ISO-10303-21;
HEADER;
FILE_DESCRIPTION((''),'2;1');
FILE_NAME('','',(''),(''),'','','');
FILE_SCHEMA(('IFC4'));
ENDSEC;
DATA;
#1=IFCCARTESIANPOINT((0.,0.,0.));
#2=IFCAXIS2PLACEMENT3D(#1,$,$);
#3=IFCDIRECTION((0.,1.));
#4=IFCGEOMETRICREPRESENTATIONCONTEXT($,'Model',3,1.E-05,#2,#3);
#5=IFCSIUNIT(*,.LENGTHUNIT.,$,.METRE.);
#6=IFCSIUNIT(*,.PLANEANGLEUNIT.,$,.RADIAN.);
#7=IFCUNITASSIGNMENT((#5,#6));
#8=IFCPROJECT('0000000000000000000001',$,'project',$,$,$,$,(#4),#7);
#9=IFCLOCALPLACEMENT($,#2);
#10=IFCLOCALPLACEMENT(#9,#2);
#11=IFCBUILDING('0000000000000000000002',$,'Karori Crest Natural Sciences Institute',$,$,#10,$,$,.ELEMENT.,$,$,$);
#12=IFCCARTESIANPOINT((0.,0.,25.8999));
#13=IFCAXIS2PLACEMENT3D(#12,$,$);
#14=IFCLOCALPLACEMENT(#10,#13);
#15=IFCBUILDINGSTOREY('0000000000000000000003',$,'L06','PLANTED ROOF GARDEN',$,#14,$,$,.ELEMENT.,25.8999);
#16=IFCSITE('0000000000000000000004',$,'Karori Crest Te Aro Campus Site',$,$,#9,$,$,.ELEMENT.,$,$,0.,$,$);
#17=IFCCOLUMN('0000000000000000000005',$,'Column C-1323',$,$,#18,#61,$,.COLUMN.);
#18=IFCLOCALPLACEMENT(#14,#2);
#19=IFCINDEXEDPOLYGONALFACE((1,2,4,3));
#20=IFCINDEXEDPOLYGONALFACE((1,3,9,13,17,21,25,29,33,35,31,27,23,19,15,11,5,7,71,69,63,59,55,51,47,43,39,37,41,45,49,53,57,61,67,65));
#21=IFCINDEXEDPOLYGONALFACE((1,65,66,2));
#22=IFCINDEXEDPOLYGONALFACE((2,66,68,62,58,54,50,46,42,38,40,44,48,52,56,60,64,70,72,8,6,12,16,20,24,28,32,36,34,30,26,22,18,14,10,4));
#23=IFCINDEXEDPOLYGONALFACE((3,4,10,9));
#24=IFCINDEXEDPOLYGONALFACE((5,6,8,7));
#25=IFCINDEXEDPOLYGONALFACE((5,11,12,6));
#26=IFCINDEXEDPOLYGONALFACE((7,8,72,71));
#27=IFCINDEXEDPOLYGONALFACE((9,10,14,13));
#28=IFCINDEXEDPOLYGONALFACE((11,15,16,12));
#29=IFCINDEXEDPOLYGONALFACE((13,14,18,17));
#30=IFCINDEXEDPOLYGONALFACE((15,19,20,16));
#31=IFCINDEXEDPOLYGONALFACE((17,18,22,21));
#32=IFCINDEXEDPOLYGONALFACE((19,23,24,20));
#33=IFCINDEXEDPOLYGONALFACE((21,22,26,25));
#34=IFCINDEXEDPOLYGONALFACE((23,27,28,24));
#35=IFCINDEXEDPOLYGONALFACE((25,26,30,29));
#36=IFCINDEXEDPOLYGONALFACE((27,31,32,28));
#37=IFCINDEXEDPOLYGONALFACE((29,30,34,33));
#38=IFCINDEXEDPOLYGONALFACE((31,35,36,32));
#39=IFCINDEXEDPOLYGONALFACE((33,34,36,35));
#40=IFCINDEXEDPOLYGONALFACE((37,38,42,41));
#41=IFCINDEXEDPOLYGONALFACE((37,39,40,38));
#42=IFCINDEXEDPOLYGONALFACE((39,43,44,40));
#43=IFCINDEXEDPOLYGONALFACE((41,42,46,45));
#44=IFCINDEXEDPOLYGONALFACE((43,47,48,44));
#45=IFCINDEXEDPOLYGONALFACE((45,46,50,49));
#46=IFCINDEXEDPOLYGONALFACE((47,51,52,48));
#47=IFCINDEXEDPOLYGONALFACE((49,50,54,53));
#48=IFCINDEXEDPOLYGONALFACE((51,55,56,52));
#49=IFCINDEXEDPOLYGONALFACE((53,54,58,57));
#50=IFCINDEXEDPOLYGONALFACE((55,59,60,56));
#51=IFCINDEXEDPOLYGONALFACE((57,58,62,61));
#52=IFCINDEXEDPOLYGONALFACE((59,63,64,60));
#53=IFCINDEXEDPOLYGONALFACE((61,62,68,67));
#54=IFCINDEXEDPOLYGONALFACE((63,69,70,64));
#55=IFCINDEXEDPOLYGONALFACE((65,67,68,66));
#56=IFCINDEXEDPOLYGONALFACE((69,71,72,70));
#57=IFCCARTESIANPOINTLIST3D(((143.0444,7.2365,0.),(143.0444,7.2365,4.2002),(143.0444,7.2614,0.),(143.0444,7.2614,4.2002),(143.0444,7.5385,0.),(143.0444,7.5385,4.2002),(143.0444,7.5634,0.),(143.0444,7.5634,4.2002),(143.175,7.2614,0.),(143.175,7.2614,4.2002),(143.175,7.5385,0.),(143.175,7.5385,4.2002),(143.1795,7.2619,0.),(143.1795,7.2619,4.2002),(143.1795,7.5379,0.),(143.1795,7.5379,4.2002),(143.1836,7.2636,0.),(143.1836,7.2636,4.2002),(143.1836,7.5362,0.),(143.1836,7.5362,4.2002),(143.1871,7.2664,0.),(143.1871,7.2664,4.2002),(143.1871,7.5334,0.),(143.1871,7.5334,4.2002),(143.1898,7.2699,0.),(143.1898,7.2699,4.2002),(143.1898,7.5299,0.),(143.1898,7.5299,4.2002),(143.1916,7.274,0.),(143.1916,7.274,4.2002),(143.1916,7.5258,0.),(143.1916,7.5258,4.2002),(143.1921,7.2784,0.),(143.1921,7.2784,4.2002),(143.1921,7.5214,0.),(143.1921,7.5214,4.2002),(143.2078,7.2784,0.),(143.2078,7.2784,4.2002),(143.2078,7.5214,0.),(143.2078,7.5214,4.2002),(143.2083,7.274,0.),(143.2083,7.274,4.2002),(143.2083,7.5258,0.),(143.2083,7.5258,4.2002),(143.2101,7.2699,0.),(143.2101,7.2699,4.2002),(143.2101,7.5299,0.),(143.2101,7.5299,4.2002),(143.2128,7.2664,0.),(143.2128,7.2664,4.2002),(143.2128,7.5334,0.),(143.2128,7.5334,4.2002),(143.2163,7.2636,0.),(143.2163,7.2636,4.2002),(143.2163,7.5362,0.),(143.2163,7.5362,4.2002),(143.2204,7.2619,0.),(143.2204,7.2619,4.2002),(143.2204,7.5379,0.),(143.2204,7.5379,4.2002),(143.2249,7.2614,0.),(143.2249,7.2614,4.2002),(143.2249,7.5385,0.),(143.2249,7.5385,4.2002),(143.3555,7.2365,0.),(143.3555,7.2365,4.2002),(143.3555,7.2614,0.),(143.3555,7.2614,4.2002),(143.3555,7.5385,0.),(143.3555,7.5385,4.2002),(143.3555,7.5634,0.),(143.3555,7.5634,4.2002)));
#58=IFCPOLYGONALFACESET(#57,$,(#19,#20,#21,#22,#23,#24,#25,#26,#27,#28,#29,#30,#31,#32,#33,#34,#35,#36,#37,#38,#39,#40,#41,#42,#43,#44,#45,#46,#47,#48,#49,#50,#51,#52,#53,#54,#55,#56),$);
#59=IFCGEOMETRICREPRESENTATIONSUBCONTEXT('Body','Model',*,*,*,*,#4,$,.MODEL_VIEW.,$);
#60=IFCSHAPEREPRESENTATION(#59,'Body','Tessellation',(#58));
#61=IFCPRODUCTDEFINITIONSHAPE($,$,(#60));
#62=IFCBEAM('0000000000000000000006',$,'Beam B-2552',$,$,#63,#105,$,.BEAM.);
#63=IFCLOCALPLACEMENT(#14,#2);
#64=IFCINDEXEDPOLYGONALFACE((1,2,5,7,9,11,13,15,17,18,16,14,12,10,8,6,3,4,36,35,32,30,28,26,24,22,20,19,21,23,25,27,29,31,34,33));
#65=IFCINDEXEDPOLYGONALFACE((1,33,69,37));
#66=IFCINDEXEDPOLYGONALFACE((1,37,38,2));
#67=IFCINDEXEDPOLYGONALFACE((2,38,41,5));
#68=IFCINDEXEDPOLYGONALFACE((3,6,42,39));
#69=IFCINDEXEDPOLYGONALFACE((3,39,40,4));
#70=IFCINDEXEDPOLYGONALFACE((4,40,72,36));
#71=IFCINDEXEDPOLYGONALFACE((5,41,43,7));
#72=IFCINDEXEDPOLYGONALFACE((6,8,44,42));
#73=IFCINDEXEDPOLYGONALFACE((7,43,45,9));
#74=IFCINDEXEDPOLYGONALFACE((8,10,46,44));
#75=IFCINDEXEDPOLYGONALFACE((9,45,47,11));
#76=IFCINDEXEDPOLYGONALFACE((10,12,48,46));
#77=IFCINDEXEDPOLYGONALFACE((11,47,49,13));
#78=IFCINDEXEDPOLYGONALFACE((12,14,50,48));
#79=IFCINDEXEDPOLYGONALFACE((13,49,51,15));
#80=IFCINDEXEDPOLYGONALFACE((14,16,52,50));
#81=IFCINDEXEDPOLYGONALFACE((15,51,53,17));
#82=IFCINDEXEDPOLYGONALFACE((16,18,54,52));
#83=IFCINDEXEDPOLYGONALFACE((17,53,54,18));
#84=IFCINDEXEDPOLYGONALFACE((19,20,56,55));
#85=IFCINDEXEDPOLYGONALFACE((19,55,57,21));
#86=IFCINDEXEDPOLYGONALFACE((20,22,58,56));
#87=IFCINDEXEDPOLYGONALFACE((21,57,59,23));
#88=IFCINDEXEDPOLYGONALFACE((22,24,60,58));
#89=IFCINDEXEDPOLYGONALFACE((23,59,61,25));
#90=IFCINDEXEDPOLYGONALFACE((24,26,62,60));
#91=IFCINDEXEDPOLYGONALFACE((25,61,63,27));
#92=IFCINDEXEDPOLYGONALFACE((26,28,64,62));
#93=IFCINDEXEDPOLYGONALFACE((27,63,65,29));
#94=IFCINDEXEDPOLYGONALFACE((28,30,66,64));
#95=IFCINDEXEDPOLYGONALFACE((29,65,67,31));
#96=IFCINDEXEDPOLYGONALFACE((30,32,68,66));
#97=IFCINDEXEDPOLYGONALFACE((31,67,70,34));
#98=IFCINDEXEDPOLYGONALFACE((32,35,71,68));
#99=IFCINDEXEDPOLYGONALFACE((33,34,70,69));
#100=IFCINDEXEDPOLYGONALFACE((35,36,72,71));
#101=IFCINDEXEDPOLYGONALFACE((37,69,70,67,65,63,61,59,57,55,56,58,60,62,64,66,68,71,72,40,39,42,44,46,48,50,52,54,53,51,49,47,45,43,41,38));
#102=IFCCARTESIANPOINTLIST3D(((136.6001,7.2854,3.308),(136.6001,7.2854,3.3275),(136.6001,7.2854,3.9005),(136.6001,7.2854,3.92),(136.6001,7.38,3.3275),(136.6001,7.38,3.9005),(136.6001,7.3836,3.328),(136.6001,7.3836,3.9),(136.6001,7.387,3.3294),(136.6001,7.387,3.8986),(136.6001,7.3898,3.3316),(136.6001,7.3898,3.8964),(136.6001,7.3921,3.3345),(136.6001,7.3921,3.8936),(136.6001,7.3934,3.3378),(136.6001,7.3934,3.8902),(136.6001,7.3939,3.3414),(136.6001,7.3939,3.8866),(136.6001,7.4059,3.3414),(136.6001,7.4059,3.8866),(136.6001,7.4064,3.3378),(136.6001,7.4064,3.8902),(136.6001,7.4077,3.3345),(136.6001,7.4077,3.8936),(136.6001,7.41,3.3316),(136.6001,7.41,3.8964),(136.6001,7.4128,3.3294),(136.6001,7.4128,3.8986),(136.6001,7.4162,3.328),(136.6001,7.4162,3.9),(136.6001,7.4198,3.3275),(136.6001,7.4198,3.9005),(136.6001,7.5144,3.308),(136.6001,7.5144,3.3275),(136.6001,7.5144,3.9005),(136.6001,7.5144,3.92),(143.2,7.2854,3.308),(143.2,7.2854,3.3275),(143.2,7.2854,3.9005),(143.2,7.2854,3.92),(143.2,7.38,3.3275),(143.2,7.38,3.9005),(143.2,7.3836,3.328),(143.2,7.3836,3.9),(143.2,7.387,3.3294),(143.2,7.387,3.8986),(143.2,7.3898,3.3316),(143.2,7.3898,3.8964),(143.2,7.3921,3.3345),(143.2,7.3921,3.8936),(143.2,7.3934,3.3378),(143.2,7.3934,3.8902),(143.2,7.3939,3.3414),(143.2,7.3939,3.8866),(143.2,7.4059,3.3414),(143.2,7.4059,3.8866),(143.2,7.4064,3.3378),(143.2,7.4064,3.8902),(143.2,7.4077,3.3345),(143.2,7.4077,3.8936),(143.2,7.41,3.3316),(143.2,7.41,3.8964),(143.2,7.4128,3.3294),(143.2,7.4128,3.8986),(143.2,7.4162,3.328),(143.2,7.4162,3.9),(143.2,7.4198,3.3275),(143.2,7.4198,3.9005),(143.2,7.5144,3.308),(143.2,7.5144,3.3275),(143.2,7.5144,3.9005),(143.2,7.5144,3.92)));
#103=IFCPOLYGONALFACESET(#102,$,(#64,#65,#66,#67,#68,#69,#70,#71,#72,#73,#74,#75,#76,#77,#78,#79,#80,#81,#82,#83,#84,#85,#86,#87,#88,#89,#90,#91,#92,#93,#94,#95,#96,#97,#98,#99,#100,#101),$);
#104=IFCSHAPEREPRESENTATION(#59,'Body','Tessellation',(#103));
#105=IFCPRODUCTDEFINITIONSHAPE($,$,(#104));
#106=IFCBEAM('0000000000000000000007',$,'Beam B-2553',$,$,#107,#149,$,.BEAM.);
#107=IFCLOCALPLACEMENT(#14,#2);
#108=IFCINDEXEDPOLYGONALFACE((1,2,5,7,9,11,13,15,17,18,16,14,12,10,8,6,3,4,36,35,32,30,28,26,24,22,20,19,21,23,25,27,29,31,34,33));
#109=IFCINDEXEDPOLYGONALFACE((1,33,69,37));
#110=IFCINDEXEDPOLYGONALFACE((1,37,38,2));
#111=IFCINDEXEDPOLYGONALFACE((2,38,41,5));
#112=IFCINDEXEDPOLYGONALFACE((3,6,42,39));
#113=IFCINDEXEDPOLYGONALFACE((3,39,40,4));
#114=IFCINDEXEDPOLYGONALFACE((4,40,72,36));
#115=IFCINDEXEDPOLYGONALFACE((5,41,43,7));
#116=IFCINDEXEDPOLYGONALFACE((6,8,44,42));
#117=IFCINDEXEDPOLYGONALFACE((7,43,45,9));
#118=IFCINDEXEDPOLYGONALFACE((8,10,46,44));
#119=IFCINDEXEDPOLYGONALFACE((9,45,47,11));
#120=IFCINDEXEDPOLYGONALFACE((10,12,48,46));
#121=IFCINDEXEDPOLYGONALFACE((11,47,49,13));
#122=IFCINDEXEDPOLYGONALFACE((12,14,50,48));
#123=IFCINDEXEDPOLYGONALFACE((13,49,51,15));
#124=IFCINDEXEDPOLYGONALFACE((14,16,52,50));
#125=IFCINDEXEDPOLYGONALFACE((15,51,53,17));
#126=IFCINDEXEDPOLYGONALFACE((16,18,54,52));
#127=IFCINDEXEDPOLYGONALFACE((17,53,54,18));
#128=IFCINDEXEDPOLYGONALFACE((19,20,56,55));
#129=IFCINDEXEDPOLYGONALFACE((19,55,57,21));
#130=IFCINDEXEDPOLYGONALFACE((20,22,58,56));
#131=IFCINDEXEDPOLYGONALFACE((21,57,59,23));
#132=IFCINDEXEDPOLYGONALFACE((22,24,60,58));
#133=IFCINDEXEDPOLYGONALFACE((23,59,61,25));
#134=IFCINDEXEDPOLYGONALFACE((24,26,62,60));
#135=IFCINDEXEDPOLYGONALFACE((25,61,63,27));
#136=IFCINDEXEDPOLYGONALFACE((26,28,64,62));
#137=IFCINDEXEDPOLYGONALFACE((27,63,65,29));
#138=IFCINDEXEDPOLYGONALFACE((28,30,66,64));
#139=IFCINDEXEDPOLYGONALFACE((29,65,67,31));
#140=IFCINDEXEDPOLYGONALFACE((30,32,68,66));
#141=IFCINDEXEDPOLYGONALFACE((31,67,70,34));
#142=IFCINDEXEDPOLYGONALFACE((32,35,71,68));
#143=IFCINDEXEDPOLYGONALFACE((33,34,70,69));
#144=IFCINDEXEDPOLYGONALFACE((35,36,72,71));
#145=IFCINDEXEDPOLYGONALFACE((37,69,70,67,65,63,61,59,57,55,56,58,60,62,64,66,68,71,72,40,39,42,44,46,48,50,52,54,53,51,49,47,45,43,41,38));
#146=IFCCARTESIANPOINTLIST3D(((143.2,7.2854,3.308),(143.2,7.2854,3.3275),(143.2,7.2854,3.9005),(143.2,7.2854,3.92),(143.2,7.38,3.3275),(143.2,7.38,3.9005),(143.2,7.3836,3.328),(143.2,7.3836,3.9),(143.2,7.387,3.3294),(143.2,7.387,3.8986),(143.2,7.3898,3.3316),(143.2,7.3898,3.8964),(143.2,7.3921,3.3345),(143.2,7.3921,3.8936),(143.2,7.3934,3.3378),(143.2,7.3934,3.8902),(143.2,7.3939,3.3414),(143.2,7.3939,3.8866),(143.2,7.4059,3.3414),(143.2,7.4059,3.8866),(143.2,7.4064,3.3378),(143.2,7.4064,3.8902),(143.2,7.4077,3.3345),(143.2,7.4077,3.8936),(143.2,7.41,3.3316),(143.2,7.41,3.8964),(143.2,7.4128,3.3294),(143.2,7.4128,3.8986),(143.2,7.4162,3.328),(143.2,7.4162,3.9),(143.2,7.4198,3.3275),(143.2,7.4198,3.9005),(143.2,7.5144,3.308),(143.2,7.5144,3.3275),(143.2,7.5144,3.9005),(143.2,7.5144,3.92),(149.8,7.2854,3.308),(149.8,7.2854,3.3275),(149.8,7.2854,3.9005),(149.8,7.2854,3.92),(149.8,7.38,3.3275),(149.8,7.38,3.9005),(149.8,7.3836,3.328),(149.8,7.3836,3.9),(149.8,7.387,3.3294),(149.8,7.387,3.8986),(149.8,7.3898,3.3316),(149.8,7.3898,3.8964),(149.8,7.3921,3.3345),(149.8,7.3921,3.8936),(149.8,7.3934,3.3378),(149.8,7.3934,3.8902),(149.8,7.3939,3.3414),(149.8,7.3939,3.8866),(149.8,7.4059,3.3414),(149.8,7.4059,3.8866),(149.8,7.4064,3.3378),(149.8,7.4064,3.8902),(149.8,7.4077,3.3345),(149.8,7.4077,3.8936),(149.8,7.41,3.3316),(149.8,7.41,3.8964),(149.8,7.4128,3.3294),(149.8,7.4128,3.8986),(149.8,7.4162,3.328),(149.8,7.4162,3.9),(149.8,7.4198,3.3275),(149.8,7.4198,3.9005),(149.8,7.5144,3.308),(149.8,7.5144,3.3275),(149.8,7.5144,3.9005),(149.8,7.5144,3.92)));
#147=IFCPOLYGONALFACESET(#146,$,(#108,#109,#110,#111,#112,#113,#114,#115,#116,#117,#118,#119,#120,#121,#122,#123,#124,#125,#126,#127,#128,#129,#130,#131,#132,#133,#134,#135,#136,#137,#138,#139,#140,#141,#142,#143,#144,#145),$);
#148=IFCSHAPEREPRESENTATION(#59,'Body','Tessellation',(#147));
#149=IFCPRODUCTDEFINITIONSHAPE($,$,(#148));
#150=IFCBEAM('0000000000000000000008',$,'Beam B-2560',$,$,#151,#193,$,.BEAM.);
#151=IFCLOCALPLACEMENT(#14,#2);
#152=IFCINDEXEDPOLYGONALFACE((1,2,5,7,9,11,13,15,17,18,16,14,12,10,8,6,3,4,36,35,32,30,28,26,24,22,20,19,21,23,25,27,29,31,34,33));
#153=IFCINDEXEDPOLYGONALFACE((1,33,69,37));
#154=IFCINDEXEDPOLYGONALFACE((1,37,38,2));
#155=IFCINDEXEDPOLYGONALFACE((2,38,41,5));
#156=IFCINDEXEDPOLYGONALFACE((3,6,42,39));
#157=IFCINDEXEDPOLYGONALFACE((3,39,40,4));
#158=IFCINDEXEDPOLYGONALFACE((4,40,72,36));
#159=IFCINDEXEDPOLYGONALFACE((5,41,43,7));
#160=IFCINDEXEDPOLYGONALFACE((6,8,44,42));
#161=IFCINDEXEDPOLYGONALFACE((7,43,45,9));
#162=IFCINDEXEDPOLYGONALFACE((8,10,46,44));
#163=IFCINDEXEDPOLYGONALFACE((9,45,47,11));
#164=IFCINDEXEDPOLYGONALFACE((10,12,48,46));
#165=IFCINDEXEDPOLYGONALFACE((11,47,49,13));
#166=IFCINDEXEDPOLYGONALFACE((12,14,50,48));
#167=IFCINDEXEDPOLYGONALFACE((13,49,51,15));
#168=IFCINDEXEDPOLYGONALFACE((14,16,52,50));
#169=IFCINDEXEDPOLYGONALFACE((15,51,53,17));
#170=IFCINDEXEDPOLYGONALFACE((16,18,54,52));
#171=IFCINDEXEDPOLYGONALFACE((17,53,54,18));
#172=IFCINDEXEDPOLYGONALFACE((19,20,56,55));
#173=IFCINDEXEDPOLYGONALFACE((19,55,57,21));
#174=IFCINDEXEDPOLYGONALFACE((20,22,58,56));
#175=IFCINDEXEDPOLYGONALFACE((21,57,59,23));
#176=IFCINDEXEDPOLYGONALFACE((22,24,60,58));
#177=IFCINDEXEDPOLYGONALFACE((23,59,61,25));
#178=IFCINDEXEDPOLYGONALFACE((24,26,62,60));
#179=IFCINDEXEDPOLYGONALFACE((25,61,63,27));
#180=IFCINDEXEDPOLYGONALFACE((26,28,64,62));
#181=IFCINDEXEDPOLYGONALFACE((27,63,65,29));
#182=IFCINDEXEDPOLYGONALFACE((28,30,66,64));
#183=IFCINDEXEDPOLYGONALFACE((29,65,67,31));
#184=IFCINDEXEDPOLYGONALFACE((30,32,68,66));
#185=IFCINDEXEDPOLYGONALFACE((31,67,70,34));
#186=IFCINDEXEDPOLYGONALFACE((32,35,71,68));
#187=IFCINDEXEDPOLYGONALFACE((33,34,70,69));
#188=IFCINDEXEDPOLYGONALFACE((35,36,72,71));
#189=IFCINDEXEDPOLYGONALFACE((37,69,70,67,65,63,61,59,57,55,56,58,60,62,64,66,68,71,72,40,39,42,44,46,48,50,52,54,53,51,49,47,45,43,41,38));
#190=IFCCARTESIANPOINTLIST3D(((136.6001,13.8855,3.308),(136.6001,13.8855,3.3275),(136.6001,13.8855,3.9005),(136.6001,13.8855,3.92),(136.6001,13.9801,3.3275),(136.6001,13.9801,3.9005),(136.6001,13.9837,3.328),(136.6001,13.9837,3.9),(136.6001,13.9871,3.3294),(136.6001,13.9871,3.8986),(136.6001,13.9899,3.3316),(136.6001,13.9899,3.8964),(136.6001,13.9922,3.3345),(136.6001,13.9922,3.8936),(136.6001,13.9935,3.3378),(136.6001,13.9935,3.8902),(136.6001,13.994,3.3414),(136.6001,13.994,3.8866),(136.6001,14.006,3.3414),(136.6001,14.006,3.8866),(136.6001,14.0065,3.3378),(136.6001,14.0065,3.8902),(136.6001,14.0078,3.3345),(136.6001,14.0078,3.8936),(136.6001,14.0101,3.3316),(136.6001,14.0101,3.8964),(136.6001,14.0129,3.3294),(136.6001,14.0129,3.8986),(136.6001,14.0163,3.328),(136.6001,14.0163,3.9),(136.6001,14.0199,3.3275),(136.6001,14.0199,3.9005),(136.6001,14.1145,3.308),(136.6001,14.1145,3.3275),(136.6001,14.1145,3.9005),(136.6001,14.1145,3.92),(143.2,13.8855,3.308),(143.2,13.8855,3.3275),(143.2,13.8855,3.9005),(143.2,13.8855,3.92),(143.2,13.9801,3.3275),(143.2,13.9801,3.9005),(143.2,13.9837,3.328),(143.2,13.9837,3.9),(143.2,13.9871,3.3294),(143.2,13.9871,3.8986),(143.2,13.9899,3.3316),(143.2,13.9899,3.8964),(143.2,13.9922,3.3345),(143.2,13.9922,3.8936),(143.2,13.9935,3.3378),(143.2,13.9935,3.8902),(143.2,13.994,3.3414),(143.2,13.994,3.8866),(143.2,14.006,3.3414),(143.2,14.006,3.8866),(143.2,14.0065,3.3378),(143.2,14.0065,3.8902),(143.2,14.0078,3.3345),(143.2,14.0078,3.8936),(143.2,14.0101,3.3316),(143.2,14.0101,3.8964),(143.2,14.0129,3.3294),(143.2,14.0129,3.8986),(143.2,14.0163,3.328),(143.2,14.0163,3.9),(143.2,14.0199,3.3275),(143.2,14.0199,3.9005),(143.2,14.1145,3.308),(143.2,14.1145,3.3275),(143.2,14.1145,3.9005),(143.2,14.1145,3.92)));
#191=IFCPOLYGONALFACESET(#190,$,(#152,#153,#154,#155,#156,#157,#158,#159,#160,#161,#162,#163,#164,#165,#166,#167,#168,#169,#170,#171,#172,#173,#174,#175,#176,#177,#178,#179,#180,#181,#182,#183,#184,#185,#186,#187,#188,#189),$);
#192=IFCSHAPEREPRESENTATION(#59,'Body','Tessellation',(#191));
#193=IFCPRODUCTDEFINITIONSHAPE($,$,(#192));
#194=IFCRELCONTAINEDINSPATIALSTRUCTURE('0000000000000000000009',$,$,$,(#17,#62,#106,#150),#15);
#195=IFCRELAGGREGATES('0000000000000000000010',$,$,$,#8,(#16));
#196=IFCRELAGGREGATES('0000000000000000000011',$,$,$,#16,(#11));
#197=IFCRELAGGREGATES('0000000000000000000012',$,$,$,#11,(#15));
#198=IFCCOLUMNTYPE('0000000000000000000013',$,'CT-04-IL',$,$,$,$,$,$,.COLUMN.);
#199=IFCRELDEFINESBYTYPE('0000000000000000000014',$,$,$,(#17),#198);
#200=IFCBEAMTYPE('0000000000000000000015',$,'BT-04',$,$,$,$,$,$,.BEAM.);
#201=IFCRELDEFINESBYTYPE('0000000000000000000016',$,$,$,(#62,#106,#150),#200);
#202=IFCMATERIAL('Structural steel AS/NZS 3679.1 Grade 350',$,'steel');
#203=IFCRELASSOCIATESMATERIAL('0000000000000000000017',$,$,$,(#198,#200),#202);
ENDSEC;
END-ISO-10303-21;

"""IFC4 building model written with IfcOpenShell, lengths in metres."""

from ifc_helpers import new_model, si_unit, direction, frame, origin, origin_2d, place, context, subcontext, project, spatial, i_section, extrude, material, material_profile, profile_set, type_object, element, save


model = new_model("IFC4")

# Units and contexts
model_context = context("Model", 3, precision=1e-05, world=origin(), true_north=direction((0.0, 1.0)))
body_context = subcontext(model_context, "Body", "Model", "MODEL_VIEW")
ifc_project = project(units=[si_unit("LENGTHUNIT", "METRE"), si_unit("PLANEANGLEUNIT", "RADIAN")], contexts=[model_context])

# Site, building, storey
site_placement = place(None, origin())
site = spatial("IfcSite", under=ifc_project, at=site_placement, Name="Karori Crest Te Aro Campus Site", CompositionType="ELEMENT", RefElevation=0.0)
building_placement = place(site_placement, origin())
building = spatial("IfcBuilding", under=site, at=building_placement, Name="Karori Crest Natural Sciences Institute", CompositionType="ELEMENT")
storey_placement = place(building_placement, frame((0.0, 0.0, 25.8999)))
storey = spatial("IfcBuildingStorey", under=building, at=storey_placement, Name="L06", Description="PLANTED ROOF GARDEN", CompositionType="ELEMENT", Elevation=25.8999)

# Column
ifc_material_1 = material(Name="Structural steel AS/NZS 3679.1 Grade 350", Category="steel")
ifc_material_profile_1 = material_profile(ifc_material_1, i_section(OverallWidth=0.311, OverallDepth=0.3269, WebThickness=0.0156, FlangeThickness=0.0249, FilletRadius=0.0171, at=origin_2d()), Name="310UC158")
ifc_profile_set_1 = profile_set([ifc_material_profile_1], Name="Structural steel AS/NZS 3679.1 Grade 350")
column_type_1 = type_object("IfcColumnType", Name="CT-04-IL", PredefinedType="COLUMN", material=ifc_profile_set_1)
for number, where, z_axis, x_axis, name in (
    (1, (143.2, 7.3999, 0.0), (0.0, 0.0, 1.0), (1.0, 0.0, 0.0), "Column C-1323"),
):
    element("IfcColumn", number, at=place(storey_placement, frame(where, z_axis=z_axis, x_axis=x_axis)), inside=storey, type_object=column_type_1, Name=name, PredefinedType="COLUMN", context=body_context, shape_type="SweptSolid", body=[
        extrude(i_section(OverallWidth=0.311, OverallDepth=0.3269, WebThickness=0.0156, FlangeThickness=0.0249, FilletRadius=0.0171, at=origin_2d()), origin(), (0.0, 0.0, 1.0), 4.2002),
    ])

# Beams
ifc_material_profile_2 = material_profile(ifc_material_1, i_section(OverallWidth=0.229, OverallDepth=0.6121, WebThickness=0.012, FlangeThickness=0.0195, FilletRadius=0.0139, at=origin_2d()), Name="610UB125")
ifc_profile_set_2 = profile_set([ifc_material_profile_2], Name="Structural steel AS/NZS 3679.1 Grade 350")
beam_type_1 = type_object("IfcBeamType", Name="BT-04", PredefinedType="BEAM", material=ifc_profile_set_2)
beam_1_placement = place(storey_placement, frame((136.6001, 7.3999, 3.614), z_axis=(1.0, 0.0, 0.0), x_axis=(0.0, 1.0, 0.0)))
element("IfcBeam", 2, at=beam_1_placement, inside=storey, type_object=beam_type_1, Name="Beam B-2552", PredefinedType="BEAM", context=body_context, shape_type="SweptSolid", body=[
    extrude(i_section(OverallWidth=0.229, OverallDepth=0.6121, WebThickness=0.012, FlangeThickness=0.0195, FilletRadius=0.0139, at=origin_2d()), origin(), (0.0, 0.0, 1.0), 6.5999),
])
beam_2_placement = place(storey_placement, frame((143.2, 7.3999, 3.614), z_axis=(1.0, 0.0, 0.0), x_axis=(0.0, 1.0, 0.0)))
element("IfcBeam", 3, at=beam_2_placement, inside=storey, type_object=beam_type_1, Name="Beam B-2553", PredefinedType="BEAM", context=body_context, shape_type="SweptSolid", body=[
    extrude(i_section(OverallWidth=0.229, OverallDepth=0.6121, WebThickness=0.012, FlangeThickness=0.0195, FilletRadius=0.0139, at=origin_2d()), origin(), (0.0, 0.0, 1.0), 6.6001),
])
beam_3_placement = place(storey_placement, frame((136.6001, 14.0, 3.614), z_axis=(1.0, 0.0, 0.0), x_axis=(0.0, 1.0, 0.0)))
element("IfcBeam", 4, at=beam_3_placement, inside=storey, type_object=beam_type_1, Name="Beam B-2560", PredefinedType="BEAM", context=body_context, shape_type="SweptSolid", body=[
    extrude(i_section(OverallWidth=0.229, OverallDepth=0.6121, WebThickness=0.012, FlangeThickness=0.0195, FilletRadius=0.0139, at=origin_2d()), origin(), (0.0, 0.0, 1.0), 6.5999),
])

save(model, "model.ifc")
